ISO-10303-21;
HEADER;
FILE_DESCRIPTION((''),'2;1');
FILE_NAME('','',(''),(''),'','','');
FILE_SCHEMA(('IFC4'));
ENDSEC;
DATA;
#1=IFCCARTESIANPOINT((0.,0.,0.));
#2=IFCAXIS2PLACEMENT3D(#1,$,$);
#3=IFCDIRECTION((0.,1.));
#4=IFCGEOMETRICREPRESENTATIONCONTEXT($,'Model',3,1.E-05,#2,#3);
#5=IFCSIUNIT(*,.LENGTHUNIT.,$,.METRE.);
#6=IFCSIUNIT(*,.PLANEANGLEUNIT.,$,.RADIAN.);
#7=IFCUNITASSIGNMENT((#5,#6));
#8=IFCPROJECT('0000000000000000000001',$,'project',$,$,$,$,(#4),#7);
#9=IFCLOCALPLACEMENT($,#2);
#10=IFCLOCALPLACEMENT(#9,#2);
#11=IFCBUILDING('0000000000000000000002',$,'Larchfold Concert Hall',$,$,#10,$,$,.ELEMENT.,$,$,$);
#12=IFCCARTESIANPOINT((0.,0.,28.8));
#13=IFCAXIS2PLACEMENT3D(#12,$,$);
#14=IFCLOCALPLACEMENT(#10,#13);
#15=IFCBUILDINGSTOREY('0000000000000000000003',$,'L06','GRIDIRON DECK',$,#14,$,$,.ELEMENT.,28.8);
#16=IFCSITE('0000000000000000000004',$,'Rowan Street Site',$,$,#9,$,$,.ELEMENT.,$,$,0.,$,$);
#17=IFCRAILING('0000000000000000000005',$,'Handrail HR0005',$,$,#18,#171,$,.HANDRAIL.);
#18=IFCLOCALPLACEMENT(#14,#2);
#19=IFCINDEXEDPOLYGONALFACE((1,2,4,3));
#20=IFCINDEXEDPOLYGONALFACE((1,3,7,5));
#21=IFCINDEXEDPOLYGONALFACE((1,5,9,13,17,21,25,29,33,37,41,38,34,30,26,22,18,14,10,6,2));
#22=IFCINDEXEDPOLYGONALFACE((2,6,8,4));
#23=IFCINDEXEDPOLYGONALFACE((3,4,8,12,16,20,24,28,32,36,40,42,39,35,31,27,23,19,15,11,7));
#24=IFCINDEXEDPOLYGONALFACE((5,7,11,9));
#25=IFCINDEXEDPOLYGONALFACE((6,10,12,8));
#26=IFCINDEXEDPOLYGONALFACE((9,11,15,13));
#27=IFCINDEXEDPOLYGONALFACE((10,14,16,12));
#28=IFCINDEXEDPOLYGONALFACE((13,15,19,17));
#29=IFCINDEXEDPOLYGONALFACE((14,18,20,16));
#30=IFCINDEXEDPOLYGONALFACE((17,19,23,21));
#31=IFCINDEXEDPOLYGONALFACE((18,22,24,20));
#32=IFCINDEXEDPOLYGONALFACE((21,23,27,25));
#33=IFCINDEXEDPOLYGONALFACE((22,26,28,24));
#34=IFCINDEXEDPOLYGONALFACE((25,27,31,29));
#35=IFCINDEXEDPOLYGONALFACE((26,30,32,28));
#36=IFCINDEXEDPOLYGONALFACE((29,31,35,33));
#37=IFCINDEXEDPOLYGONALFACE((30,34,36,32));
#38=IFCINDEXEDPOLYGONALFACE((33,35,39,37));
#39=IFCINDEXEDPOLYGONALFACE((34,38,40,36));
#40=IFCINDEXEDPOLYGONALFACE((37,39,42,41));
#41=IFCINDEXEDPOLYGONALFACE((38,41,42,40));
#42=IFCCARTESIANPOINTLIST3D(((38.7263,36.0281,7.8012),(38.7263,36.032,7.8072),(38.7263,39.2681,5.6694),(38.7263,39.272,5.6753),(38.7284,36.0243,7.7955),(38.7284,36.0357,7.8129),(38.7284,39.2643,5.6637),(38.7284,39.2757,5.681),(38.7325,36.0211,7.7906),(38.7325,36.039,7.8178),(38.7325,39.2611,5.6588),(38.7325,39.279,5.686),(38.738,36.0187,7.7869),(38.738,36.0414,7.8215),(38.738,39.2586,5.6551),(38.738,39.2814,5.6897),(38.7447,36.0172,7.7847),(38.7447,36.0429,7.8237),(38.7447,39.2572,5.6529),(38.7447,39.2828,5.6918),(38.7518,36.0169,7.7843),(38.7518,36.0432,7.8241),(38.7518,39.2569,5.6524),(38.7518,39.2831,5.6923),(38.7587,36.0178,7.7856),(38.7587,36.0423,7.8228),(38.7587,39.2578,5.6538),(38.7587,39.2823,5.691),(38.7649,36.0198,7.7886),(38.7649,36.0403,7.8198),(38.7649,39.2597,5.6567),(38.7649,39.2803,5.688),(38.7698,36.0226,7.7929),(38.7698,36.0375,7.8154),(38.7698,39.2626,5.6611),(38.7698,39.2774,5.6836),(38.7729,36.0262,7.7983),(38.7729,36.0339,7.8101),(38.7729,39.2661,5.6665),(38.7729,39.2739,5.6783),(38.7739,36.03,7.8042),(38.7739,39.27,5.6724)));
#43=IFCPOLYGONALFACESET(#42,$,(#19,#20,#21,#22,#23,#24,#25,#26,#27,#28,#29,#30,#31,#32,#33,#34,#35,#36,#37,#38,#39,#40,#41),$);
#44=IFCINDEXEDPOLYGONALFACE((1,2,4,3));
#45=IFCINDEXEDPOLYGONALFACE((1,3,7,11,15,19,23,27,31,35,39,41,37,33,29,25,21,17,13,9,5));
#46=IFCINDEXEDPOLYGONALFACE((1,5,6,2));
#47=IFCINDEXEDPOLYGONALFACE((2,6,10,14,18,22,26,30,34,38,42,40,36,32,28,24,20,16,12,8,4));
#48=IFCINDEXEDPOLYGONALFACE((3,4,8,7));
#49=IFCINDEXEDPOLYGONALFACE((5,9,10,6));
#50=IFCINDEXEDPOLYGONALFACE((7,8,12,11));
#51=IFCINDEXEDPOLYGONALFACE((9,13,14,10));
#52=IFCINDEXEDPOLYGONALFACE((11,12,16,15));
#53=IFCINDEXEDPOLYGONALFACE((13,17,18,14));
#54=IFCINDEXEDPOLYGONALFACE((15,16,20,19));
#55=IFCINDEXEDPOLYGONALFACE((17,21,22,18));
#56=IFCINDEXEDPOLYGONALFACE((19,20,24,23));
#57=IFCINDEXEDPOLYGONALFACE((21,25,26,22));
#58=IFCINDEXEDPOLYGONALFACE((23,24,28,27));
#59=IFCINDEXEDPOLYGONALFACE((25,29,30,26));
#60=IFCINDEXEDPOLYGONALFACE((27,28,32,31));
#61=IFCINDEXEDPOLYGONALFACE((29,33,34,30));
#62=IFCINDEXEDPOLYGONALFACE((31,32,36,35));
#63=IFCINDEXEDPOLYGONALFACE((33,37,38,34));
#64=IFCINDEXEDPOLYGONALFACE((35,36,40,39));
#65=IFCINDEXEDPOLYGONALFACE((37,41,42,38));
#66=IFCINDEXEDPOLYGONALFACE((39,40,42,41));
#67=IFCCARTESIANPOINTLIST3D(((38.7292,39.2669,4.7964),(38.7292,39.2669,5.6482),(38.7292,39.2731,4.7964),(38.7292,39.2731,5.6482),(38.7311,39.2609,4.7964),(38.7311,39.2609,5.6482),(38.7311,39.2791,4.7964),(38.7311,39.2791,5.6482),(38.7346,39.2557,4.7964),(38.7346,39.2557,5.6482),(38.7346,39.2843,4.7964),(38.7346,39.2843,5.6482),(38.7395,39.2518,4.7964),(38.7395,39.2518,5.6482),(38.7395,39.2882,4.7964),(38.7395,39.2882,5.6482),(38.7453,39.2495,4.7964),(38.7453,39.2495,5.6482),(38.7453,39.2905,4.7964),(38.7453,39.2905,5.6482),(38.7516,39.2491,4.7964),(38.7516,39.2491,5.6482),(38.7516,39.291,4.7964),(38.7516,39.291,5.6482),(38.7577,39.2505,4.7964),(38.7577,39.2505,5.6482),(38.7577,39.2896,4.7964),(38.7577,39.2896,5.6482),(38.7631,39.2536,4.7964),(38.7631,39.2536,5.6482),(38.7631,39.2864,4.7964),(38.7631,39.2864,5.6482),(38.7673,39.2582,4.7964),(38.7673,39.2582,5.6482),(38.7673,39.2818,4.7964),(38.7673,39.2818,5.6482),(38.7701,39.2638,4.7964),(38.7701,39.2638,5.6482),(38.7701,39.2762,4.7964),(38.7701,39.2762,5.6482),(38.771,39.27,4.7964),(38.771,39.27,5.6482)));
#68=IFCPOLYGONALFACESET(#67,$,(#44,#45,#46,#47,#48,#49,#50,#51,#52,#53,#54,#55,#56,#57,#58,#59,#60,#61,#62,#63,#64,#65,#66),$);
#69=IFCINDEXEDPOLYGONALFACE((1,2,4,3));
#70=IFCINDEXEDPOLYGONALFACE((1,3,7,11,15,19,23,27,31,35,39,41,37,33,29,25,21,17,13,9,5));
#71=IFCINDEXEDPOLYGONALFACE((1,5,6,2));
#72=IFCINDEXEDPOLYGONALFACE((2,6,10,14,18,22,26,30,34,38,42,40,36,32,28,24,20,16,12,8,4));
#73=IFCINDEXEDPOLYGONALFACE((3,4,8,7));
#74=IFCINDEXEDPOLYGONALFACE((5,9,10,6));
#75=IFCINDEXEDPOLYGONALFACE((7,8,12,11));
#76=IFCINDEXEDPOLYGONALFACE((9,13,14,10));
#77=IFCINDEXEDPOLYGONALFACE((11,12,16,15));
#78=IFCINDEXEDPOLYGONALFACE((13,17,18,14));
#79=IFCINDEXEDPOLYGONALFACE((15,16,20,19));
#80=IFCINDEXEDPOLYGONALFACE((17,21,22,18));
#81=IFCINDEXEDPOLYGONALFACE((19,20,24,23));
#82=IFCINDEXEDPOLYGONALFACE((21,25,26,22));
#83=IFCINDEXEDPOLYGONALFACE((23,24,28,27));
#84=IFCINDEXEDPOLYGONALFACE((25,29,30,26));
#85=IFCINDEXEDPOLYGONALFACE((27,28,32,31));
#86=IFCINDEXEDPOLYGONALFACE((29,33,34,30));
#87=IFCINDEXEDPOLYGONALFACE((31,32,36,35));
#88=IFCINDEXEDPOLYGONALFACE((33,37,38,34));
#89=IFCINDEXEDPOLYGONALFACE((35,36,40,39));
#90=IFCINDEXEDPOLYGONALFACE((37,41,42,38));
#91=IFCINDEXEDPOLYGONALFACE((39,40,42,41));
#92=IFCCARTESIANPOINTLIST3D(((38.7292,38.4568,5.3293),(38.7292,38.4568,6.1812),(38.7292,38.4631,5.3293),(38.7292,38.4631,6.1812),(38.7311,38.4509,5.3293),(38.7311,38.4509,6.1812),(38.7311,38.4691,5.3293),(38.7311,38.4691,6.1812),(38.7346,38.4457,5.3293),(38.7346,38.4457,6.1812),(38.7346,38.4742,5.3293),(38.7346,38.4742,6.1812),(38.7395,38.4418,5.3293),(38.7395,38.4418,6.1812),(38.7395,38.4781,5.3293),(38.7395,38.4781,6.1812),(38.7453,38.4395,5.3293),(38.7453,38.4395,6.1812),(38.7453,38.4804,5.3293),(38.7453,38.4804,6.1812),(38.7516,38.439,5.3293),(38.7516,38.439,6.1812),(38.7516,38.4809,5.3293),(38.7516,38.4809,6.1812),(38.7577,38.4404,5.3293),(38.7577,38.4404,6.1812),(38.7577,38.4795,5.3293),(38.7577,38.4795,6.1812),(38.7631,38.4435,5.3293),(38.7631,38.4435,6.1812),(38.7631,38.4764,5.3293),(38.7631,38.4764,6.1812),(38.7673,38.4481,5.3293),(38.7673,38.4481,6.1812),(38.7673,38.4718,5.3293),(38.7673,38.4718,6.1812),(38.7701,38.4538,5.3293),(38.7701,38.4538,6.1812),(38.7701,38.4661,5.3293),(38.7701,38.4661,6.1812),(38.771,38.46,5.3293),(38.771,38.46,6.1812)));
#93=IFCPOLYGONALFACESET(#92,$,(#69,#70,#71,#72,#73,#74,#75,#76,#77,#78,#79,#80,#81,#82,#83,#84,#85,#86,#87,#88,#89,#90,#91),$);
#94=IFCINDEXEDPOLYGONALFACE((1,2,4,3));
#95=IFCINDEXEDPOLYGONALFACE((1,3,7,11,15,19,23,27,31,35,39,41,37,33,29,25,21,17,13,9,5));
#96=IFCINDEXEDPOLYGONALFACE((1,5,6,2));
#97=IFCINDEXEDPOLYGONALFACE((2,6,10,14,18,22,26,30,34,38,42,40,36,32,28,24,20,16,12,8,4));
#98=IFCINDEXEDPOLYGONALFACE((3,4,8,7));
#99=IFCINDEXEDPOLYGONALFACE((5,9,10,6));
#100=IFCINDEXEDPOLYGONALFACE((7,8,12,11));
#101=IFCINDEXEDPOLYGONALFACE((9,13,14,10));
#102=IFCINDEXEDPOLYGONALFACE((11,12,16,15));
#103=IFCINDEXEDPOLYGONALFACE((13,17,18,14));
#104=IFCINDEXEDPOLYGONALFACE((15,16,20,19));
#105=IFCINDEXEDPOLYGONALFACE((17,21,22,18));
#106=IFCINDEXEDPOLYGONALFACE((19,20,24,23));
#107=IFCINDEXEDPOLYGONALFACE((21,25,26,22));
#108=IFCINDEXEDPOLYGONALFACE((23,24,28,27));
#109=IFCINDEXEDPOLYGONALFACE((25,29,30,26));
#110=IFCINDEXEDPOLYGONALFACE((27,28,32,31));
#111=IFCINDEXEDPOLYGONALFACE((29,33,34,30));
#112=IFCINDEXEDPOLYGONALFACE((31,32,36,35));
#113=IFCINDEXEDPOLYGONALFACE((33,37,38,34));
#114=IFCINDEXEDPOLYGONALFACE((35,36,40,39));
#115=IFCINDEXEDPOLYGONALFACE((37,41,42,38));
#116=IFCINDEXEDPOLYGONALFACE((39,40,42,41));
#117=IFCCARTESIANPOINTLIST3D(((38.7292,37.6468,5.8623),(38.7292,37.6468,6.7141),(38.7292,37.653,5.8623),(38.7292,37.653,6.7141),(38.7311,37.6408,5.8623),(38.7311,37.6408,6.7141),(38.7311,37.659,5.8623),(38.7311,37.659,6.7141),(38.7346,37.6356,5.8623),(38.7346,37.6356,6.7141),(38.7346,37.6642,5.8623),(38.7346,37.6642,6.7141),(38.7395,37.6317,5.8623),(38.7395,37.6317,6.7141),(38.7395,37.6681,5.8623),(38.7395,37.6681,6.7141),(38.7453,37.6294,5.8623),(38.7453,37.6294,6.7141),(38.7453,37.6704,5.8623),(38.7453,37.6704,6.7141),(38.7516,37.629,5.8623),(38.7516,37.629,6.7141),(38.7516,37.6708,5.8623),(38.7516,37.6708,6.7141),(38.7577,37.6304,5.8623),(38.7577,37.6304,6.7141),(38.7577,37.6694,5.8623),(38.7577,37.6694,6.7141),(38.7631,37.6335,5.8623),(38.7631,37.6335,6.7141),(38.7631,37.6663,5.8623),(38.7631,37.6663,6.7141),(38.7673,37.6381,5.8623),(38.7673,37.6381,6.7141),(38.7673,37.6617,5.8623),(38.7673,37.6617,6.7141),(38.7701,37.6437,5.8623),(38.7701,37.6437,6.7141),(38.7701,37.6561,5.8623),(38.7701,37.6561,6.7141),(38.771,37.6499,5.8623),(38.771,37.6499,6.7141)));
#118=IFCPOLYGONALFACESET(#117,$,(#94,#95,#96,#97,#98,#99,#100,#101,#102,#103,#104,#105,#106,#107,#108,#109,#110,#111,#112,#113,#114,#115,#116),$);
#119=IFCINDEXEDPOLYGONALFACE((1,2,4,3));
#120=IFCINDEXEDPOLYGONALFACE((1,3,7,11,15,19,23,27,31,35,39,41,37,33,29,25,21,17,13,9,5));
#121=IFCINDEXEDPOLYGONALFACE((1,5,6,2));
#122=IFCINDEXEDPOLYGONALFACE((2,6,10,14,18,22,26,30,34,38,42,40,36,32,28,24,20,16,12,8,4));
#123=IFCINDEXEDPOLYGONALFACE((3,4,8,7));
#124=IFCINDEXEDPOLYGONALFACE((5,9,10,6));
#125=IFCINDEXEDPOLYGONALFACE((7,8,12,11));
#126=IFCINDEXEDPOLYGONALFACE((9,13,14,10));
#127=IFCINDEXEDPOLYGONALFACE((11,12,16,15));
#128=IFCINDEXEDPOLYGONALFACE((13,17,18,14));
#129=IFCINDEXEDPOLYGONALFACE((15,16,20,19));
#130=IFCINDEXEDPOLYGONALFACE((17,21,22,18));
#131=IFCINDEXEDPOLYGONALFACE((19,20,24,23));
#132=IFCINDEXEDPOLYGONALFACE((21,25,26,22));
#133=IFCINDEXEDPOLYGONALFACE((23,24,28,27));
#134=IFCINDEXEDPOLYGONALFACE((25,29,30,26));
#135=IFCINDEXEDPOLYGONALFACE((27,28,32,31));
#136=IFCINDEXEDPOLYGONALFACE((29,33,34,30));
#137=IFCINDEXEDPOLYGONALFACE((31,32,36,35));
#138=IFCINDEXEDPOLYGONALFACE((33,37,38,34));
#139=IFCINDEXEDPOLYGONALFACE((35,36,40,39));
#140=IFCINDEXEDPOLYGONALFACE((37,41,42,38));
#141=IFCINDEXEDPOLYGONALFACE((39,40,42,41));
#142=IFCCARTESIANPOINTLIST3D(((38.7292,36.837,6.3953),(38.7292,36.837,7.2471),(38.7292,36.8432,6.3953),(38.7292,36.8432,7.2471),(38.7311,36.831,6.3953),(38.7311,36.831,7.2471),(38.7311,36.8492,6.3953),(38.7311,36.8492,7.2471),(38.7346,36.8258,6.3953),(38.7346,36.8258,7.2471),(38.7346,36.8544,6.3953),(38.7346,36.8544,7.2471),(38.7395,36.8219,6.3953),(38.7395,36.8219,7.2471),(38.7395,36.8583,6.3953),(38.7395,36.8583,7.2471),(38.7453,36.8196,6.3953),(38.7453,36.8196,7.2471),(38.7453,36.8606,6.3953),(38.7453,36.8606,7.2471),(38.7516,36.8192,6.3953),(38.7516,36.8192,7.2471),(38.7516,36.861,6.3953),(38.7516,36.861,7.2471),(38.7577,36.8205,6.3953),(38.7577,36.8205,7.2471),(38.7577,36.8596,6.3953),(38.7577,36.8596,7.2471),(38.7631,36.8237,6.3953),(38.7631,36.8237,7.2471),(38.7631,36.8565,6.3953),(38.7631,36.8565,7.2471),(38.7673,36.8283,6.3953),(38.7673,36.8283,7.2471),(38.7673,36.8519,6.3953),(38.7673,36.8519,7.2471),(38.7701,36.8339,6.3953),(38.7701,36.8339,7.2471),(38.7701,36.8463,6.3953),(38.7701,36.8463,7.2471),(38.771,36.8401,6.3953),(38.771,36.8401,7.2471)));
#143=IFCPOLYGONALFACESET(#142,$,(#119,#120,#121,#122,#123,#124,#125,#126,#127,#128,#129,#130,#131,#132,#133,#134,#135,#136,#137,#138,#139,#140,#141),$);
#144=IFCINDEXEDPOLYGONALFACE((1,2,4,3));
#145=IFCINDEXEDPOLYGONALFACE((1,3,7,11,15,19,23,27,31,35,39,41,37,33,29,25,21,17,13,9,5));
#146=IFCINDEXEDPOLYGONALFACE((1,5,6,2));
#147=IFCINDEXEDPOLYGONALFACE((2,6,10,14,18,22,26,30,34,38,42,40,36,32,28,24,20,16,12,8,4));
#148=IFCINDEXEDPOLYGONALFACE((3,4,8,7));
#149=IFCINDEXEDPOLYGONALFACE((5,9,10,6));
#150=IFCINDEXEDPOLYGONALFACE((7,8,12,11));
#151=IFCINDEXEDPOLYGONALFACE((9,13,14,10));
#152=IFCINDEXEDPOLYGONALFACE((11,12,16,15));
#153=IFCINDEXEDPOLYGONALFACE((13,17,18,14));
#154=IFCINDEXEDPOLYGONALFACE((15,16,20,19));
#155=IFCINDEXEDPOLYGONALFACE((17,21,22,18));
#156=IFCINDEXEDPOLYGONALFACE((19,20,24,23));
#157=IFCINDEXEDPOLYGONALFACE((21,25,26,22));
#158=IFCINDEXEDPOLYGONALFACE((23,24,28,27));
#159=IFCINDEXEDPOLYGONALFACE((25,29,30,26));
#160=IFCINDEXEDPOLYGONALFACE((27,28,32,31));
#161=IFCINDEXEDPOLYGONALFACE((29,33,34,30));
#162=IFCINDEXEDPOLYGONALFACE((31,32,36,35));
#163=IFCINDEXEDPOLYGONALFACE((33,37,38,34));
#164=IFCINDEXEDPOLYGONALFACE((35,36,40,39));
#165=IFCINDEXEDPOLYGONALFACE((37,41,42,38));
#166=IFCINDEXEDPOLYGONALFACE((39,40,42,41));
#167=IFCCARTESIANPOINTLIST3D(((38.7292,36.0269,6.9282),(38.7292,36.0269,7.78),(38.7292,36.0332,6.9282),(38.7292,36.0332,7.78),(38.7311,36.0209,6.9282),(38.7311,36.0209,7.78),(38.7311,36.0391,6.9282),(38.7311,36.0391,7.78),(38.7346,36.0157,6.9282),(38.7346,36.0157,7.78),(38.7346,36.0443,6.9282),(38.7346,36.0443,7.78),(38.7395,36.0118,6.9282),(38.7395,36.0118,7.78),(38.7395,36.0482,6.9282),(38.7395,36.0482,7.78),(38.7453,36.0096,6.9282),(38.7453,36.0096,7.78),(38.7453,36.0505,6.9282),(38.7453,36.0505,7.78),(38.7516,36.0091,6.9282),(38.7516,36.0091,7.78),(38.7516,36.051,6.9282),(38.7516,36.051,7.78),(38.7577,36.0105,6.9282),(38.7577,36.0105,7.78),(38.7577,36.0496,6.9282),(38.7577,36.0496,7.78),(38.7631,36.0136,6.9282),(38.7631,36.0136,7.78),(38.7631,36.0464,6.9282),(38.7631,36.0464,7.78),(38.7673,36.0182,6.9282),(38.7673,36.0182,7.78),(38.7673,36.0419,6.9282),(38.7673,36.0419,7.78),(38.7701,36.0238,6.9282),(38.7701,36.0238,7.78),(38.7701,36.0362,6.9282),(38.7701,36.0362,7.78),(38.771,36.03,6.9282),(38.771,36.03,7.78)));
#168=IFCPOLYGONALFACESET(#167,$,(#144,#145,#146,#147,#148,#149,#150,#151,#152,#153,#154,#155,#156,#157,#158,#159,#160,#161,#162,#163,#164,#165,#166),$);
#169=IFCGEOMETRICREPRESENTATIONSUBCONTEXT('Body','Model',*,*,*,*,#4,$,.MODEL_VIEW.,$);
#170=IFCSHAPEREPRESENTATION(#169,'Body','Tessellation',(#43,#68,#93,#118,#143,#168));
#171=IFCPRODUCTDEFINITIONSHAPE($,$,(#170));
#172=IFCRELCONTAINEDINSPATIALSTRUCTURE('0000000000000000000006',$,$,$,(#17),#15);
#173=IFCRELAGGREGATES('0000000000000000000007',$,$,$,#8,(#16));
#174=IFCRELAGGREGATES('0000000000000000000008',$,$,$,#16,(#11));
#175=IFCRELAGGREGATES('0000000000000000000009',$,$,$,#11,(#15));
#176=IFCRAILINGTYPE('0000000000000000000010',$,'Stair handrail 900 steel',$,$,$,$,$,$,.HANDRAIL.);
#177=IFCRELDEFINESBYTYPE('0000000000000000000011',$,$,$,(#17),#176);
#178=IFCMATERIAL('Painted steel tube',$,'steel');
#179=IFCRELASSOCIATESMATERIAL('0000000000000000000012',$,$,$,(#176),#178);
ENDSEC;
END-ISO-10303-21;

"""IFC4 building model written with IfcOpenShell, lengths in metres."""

from ifc_helpers import new_model, si_unit, direction, frame, origin, origin_2d, place, context, subcontext, project, spatial, circle, extrude, material, type_object, element, save


model = new_model("IFC4")

# Units and contexts
model_context = context("Model", 3, precision=1e-05, world=origin(), true_north=direction((0.0, 1.0)))
body_context = subcontext(model_context, "Body", "Model", "MODEL_VIEW")
ifc_project = project(units=[si_unit("LENGTHUNIT", "METRE"), si_unit("PLANEANGLEUNIT", "RADIAN")], contexts=[model_context])

# Site, building, storey
site_placement = place(None, origin())
site = spatial("IfcSite", under=ifc_project, at=site_placement, Name="Rowan Street Site", CompositionType="ELEMENT", RefElevation=0.0)
building_placement = place(site_placement, origin())
building = spatial("IfcBuilding", under=site, at=building_placement, Name="Larchfold Concert Hall", CompositionType="ELEMENT")
storey_placement = place(building_placement, frame((0.0, 0.0, 28.8)))
storey = spatial("IfcBuildingStorey", under=building, at=storey_placement, Name="L06", Description="GRIDIRON DECK", CompositionType="ELEMENT", Elevation=28.8)

# Railing
ifc_material_1 = material(Name="Painted steel tube", Category="steel")
railing_type_1 = type_object("IfcRailingType", Name="Stair handrail 900 steel", PredefinedType="HANDRAIL", material=ifc_material_1)
railing_1_placement = place(storey_placement, frame((38.75, 39.27, 4.7964)))
element("IfcRailing", 1, at=railing_1_placement, inside=storey, type_object=railing_type_1, Name="Handrail HR0005", PredefinedType="HANDRAIL", context=body_context, shape_type="SweptSolid", body=[
    extrude(circle(Radius=0.0239, at=origin_2d()), frame((0.0, 0.0, 0.876), z_axis=(0.0, -0.835386, 0.549664), x_axis=(1.0, 0.0, 0.0)), (0.0, 0.0, 1.0), 3.8784),
    extrude(circle(Radius=0.021, at=origin_2d()), origin(), (0.0, 0.0, 1.0), 0.8518),
    extrude(circle(Radius=0.021, at=origin_2d()), frame((0.0, -0.8101, 0.533)), (0.0, 0.0, 1.0), 0.8518),
    extrude(circle(Radius=0.021, at=origin_2d()), frame((0.0, -1.6201, 1.0659)), (0.0, 0.0, 1.0), 0.8518),
    extrude(circle(Radius=0.021, at=origin_2d()), frame((0.0, -2.4299, 1.5989)), (0.0, 0.0, 1.0), 0.8518),
    extrude(circle(Radius=0.021, at=origin_2d()), frame((0.0, -3.24, 2.1318)), (0.0, 0.0, 1.0), 0.8518),
])

save(model, "model.ifc")
